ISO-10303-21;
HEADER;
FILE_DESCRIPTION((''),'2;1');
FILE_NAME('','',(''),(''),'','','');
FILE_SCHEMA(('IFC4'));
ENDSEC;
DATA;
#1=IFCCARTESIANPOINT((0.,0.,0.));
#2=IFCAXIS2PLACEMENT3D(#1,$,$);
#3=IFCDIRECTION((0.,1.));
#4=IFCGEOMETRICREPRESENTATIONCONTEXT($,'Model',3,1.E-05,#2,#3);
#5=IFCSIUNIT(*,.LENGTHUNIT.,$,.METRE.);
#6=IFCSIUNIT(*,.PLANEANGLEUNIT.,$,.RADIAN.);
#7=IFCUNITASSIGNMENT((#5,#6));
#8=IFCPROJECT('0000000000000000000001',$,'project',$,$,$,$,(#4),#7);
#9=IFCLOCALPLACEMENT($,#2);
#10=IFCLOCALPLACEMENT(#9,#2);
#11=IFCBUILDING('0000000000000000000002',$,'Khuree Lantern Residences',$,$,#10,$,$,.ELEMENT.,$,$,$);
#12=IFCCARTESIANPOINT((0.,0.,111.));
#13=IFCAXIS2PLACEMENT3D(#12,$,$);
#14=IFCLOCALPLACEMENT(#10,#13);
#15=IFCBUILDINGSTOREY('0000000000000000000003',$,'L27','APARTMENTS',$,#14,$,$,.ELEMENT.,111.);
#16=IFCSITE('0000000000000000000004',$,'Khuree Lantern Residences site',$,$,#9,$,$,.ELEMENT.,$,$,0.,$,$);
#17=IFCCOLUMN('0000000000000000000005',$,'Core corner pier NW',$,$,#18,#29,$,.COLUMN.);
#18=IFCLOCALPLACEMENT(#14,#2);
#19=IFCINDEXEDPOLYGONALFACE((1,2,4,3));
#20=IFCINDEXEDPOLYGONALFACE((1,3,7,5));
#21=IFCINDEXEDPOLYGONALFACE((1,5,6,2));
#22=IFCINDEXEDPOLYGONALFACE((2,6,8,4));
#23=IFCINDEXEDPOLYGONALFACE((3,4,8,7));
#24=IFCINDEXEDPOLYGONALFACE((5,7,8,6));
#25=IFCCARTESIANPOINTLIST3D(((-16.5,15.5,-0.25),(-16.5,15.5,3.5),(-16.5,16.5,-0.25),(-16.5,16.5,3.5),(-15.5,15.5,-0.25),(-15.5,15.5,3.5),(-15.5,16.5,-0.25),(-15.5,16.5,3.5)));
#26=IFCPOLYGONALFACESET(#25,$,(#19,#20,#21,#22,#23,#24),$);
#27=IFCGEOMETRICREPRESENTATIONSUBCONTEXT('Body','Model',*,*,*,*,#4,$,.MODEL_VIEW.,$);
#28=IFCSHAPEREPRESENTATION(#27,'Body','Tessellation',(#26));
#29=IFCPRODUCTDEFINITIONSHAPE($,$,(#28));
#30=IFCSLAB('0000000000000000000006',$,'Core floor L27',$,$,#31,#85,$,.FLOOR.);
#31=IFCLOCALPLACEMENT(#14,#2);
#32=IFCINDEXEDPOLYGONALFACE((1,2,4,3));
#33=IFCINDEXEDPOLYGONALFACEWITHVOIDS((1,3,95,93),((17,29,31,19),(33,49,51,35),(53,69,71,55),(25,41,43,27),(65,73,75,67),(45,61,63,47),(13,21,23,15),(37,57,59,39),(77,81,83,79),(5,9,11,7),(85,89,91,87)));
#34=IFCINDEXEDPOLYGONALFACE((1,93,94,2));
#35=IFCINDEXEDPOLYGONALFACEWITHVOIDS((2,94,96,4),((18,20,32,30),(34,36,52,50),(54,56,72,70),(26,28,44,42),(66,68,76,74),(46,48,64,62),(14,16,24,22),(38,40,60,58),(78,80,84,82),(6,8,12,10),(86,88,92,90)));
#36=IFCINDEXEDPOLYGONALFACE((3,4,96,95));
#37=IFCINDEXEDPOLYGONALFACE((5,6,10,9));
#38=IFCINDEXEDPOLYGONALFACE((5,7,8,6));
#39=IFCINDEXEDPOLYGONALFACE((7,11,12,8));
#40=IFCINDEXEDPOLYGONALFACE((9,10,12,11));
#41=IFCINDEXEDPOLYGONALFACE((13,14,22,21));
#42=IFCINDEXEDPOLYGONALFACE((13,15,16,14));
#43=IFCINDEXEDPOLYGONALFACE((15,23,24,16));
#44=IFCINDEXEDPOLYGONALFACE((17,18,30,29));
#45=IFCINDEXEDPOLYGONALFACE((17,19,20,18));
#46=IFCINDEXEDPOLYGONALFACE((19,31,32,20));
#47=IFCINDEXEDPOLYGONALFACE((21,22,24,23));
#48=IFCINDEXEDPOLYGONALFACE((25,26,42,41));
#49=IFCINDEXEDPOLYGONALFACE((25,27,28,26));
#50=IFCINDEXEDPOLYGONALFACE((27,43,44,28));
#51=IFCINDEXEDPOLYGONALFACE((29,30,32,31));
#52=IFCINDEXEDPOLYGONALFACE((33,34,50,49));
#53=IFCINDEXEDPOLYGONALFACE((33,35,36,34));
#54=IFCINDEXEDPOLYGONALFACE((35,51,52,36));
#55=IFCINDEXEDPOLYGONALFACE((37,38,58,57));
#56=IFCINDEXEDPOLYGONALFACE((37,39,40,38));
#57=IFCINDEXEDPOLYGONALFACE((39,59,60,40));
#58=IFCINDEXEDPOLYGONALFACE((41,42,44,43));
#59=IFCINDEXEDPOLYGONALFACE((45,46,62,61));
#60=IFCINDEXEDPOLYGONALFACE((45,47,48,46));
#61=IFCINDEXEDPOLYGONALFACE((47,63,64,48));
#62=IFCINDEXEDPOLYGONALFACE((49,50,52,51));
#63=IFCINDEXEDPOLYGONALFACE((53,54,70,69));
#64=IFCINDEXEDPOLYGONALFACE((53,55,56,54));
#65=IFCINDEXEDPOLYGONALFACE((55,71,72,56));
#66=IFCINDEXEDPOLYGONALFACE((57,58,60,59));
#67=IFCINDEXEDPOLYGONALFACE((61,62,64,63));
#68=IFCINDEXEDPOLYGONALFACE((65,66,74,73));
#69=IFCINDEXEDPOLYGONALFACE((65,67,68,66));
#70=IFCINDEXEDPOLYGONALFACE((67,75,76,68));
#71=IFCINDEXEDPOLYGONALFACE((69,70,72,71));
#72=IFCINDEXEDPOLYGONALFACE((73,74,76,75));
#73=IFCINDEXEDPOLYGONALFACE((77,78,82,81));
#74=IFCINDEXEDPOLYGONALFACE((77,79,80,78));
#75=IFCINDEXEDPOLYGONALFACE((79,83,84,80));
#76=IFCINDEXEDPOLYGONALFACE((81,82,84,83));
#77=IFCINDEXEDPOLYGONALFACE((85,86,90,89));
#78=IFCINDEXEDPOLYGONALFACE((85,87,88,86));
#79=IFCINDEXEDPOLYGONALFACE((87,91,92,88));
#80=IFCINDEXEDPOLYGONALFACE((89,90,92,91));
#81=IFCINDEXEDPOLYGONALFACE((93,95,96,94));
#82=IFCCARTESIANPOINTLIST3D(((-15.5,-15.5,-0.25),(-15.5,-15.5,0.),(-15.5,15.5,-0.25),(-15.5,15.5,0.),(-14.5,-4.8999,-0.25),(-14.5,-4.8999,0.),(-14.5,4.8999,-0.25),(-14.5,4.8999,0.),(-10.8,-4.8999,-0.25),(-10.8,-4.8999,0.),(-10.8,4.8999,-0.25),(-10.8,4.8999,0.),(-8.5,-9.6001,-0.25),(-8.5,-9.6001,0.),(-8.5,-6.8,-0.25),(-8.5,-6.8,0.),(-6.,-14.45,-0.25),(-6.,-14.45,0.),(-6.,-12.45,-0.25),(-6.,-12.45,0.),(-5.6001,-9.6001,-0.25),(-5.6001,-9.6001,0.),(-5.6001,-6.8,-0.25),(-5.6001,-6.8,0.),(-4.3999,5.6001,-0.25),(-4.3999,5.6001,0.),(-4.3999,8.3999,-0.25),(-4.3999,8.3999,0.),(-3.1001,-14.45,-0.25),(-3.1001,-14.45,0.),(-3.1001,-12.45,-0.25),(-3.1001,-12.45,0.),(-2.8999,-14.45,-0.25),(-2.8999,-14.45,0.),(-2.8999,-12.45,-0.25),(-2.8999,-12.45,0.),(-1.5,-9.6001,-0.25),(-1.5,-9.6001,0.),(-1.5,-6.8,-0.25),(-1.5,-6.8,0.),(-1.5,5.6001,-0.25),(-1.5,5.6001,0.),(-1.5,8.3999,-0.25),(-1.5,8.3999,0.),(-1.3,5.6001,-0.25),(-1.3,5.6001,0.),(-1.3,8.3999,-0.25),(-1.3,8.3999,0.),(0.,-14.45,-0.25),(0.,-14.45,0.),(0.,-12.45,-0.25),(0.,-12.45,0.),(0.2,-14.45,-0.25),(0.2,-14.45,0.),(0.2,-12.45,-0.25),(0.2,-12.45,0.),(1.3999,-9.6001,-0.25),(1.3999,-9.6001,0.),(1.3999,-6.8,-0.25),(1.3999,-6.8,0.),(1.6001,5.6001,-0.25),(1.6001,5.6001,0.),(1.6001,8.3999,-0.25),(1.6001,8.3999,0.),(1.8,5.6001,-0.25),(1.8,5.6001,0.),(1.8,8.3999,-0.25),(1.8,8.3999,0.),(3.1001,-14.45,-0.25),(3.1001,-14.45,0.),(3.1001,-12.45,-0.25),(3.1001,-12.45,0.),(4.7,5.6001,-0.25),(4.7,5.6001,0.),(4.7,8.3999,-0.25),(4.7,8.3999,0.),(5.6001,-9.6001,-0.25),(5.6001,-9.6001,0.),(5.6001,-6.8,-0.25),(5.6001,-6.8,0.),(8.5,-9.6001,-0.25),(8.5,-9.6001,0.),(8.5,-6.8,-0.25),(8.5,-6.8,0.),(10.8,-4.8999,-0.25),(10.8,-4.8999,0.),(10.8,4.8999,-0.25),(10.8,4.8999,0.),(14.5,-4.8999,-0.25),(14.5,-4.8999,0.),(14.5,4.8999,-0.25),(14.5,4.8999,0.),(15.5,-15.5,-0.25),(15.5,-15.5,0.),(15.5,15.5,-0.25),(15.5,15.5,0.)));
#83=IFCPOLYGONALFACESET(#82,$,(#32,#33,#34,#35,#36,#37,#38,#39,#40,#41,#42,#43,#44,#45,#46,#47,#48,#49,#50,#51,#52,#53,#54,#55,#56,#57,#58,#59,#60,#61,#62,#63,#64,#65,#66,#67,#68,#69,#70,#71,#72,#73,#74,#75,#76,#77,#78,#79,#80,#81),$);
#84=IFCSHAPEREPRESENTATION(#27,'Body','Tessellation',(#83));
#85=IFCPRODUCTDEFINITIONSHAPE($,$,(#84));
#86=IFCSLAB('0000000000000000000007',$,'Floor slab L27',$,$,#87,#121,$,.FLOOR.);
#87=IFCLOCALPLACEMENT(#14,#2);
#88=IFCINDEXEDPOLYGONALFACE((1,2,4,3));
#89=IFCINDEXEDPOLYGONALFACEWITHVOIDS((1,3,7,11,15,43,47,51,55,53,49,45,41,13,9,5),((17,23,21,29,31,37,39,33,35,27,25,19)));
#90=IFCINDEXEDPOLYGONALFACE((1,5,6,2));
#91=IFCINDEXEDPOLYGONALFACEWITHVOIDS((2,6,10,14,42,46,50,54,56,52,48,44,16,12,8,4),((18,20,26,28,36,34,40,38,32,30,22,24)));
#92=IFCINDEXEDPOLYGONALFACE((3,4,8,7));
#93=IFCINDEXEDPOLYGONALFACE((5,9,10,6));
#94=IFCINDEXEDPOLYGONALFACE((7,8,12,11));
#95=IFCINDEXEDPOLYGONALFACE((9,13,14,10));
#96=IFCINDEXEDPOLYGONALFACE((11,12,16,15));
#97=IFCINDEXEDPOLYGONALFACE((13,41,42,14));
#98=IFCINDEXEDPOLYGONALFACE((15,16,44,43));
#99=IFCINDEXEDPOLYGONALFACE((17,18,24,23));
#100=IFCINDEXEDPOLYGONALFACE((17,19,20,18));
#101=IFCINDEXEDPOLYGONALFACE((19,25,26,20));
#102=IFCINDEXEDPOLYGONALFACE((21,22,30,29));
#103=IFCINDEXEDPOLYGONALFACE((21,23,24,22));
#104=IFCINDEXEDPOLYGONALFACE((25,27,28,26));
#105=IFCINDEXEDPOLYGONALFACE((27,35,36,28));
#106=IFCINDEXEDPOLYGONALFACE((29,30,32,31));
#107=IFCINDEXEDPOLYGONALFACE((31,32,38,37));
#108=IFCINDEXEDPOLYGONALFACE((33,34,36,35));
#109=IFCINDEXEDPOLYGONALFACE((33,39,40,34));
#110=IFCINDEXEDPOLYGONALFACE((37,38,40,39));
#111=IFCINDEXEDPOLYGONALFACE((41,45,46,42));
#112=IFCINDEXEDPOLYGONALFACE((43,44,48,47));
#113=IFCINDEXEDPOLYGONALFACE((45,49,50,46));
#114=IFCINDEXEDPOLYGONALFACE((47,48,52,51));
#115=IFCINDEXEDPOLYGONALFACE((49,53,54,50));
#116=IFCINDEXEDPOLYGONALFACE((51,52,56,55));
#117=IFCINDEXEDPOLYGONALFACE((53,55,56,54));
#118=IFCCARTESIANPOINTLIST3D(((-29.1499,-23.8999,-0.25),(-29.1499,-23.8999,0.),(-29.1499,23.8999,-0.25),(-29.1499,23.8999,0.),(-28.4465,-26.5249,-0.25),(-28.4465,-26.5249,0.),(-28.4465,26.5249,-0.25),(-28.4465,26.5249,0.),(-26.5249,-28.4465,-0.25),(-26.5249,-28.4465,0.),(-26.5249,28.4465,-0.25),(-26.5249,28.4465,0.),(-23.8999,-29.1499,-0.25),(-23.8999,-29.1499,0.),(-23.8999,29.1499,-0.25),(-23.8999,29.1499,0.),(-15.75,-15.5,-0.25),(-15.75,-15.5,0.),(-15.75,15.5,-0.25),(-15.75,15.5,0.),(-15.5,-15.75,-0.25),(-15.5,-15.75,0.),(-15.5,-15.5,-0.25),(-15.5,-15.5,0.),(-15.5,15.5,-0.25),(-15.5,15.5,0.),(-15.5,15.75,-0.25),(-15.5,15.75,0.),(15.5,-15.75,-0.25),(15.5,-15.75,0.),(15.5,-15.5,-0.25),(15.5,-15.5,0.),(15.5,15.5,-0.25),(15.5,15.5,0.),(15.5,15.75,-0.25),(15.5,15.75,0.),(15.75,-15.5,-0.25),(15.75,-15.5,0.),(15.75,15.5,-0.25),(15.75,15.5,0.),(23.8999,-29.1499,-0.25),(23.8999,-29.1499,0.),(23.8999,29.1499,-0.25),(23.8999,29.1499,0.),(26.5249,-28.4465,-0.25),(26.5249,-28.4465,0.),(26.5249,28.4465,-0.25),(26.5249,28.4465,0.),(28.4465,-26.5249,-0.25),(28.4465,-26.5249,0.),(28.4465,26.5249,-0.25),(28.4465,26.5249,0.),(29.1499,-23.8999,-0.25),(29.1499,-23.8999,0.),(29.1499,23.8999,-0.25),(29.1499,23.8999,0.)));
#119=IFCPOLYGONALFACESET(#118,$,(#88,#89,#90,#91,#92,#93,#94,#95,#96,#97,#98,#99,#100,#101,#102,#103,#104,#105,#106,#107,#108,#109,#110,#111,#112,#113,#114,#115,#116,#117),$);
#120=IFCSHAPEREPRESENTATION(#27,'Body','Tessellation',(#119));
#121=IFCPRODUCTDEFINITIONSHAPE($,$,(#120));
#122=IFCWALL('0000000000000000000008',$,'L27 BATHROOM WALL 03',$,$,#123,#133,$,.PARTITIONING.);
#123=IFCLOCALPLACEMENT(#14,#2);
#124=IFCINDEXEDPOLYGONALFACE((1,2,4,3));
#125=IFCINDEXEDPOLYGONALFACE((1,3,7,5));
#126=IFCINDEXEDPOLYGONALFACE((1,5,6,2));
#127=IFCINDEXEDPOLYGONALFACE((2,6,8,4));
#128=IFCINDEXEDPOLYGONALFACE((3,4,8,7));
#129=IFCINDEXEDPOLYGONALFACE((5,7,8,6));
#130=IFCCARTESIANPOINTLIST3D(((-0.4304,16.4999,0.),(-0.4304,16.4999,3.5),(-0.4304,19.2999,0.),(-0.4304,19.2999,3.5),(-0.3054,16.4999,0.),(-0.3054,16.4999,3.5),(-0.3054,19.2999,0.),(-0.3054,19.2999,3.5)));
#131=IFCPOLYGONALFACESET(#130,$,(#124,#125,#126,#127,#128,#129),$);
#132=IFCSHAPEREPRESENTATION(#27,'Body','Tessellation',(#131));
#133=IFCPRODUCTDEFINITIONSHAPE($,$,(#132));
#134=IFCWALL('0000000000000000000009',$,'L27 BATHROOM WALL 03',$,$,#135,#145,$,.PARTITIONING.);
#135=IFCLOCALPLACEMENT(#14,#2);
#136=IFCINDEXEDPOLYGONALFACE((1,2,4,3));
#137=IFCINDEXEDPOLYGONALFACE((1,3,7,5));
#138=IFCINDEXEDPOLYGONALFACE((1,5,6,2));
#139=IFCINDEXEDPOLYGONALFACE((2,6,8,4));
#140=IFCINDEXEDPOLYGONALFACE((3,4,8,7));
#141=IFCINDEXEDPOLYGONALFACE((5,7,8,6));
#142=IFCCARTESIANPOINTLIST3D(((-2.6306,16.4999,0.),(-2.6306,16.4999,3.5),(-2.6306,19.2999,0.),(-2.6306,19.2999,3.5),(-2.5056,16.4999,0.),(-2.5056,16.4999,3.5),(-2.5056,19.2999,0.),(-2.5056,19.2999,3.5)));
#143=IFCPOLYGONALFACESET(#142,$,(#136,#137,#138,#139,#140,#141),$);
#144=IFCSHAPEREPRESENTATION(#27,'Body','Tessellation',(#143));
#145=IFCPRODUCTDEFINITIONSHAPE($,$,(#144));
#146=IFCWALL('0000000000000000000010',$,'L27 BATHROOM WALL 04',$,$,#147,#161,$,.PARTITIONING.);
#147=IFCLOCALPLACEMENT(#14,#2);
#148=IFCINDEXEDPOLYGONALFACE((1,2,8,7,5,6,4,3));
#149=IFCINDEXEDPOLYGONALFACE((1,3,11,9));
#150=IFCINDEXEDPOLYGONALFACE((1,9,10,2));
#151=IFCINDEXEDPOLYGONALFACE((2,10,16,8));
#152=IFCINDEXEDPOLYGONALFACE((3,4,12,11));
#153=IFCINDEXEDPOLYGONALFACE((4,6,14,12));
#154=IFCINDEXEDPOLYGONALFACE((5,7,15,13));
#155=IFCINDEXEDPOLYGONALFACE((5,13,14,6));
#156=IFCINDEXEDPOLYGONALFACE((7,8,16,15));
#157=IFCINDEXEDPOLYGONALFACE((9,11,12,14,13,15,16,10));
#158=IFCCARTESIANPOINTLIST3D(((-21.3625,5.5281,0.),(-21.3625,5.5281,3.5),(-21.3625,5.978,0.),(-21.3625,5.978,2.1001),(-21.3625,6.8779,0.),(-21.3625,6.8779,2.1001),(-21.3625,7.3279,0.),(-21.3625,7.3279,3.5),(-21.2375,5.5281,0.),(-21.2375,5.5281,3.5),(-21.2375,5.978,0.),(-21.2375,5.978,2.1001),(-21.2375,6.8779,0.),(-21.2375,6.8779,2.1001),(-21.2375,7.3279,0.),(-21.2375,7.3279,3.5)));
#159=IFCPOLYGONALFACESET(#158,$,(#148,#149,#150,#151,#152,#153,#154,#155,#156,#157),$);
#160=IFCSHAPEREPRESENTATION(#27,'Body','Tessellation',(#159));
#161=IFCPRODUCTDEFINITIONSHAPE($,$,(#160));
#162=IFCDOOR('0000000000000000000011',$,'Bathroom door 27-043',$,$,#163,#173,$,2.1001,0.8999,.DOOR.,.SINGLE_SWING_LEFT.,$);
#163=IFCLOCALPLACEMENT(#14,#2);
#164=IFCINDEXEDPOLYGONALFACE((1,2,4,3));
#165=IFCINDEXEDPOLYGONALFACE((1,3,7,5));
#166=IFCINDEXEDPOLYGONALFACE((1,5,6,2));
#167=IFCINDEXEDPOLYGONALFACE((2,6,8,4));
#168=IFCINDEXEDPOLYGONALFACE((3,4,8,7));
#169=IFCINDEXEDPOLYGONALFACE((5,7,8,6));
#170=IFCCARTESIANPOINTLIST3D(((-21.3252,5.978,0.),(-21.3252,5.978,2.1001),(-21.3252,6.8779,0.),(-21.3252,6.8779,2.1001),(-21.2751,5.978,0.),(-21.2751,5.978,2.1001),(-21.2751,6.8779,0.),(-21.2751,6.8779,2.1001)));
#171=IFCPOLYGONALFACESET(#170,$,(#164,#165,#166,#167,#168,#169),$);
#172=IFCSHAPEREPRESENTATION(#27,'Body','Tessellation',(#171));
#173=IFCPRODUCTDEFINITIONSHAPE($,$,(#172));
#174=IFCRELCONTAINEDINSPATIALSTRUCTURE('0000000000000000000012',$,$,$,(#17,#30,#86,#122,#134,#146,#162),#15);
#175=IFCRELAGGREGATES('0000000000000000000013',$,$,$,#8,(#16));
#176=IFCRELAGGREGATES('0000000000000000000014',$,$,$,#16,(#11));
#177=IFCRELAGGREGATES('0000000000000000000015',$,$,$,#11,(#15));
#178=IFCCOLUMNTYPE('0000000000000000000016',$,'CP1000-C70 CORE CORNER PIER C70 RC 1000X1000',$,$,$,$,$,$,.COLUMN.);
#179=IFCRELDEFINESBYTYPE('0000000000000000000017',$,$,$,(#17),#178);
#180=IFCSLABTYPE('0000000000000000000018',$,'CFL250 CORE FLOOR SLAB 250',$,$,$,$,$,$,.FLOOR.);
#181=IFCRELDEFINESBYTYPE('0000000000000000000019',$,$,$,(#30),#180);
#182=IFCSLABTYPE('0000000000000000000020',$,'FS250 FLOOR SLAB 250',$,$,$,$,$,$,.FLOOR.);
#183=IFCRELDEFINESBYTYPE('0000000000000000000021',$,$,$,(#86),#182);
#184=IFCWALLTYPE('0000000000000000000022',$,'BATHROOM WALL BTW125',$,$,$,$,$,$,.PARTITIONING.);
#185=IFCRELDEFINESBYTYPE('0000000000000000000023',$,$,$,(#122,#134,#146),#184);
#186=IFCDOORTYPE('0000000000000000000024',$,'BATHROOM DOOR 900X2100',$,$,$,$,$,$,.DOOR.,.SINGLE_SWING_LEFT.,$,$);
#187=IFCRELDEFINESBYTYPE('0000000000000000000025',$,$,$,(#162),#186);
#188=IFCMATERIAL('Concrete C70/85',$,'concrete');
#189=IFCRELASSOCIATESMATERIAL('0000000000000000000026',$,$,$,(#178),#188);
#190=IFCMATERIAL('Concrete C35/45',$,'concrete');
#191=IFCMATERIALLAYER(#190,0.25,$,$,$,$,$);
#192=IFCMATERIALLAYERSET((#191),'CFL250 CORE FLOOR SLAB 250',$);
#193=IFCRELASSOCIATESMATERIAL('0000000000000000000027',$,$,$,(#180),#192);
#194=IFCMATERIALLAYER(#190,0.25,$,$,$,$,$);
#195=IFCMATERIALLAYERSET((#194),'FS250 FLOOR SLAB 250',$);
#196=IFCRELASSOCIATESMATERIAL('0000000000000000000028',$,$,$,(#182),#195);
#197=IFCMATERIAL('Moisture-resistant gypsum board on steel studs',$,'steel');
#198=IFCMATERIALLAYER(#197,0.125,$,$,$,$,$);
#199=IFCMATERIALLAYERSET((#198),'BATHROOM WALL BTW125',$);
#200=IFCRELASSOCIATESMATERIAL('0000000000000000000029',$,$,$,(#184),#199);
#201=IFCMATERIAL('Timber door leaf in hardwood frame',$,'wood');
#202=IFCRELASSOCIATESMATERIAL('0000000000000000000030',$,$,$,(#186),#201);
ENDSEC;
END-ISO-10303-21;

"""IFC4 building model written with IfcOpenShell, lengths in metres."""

from ifc_helpers import new_model, si_unit, direction, frame, frame_2d, origin, origin_2d, place, context, subcontext, project, spatial, polyline, rectangle, outline, extrude, material, layer, layer_set, material_profile, profile_set, type_object, element, fill, save


model = new_model("IFC4")

# Units and contexts
model_context = context("Model", 3, precision=1e-05, world=origin(), true_north=direction((0.0, 1.0)))
body_context = subcontext(model_context, "Body", "Model", "MODEL_VIEW")
ifc_project = project(units=[si_unit("LENGTHUNIT", "METRE"), si_unit("PLANEANGLEUNIT", "RADIAN")], contexts=[model_context])

# Site, building, storey
site_placement = place(None, origin())
site = spatial("IfcSite", under=ifc_project, at=site_placement, Name="Khuree Lantern Residences site", CompositionType="ELEMENT", RefElevation=0.0)
building_placement = place(site_placement, origin())
building = spatial("IfcBuilding", under=site, at=building_placement, Name="Khuree Lantern Residences", CompositionType="ELEMENT")
storey_placement = place(building_placement, frame((0.0, 0.0, 111.0)))
storey = spatial("IfcBuildingStorey", under=building, at=storey_placement, Name="L27", Description="APARTMENTS", CompositionType="ELEMENT", Elevation=111.0)

# Column
ifc_material_1 = material(Name="Concrete C70/85", Category="concrete")
ifc_material_profile = material_profile(ifc_material_1, rectangle(XDim=1.0, YDim=1.0, at=origin_2d()), Name="RC 1000X1000")
ifc_profile_set = profile_set([ifc_material_profile], Name="Concrete C70/85")
column_type = type_object("IfcColumnType", Name="CP1000-C70 CORE CORNER PIER C70 RC 1000X1000", PredefinedType="COLUMN", material=ifc_profile_set)
column_placement = place(storey_placement, frame((-16.0, 16.0, -0.25), z_axis=(0.0, 0.0, 1.0), x_axis=(1.0, 0.0, 0.0)))
element("IfcColumn", 1, at=column_placement, inside=storey, type_object=column_type, Name="Core corner pier NW", PredefinedType="COLUMN", context=body_context, shape_type="SweptSolid", body=[
    extrude(rectangle(XDim=1.0, YDim=1.0, at=origin_2d()), origin(), (0.0, 0.0, 1.0), 3.75),
])

# Slabs
ifc_material_2 = material(Name="Concrete C35/45", Category="concrete")
ifc_layer_1 = layer(ifc_material_2, 0.25)
ifc_layer_set_1 = layer_set([ifc_layer_1], Name="CFL250 CORE FLOOR SLAB 250")
slab_type_1 = type_object("IfcSlabType", Name="CFL250 CORE FLOOR SLAB 250", PredefinedType="FLOOR", material=ifc_layer_set_1)
slab_1_placement = place(storey_placement, frame((0.0, 0.0, -0.25)))
element("IfcSlab", 2, at=slab_1_placement, inside=storey, type_object=slab_type_1, Name="Core floor L27", PredefinedType="FLOOR", context=body_context, shape_type="SweptSolid", body=[
    extrude(outline(polyline([(-15.5, -15.5), (-15.5, 15.5), (15.5, 15.5), (15.5, -15.5), (-15.5, -15.5)]), holes=[polyline([(10.8, 4.8999), (10.8, -4.8999), (14.5, -4.8999), (14.5, 4.8999), (10.8, 4.8999)]), polyline([(8.5, -6.8), (5.6001, -6.8), (5.6001, -9.6001), (8.5, -9.6001), (8.5, -6.8)]), polyline([(4.7, 8.3999), (1.8, 8.3999), (1.8, 5.6001), (4.7, 5.6001), (4.7, 8.3999)]), polyline([(3.1001, -12.45), (0.2, -12.45), (0.2, -14.45), (3.1001, -14.45), (3.1001, -12.45)]), polyline([(1.6001, 8.3999), (-1.3, 8.3999), (-1.3, 5.6001), (1.6001, 5.6001), (1.6001, 8.3999)]), polyline([(1.3999, -6.8), (-1.5, -6.8), (-1.5, -9.6001), (1.3999, -9.6001), (1.3999, -6.8)]), polyline([(-2.8999, -12.45), (-2.8999, -14.45), (0.0, -14.45), (0.0, -12.45), (-2.8999, -12.45)]), polyline([(-4.3999, 8.3999), (-4.3999, 5.6001), (-1.5, 5.6001), (-1.5, 8.3999), (-4.3999, 8.3999)]), polyline([(-6.0, -12.45), (-6.0, -14.45), (-3.1001, -14.45), (-3.1001, -12.45), (-6.0, -12.45)]), polyline([(-8.5, -6.8), (-8.5, -9.6001), (-5.6001, -9.6001), (-5.6001, -6.8), (-8.5, -6.8)]), polyline([(-10.8, 4.8999), (-14.5, 4.8999), (-14.5, -4.8999), (-10.8, -4.8999), (-10.8, 4.8999)])]), origin(), (0.0, 0.0, 1.0), 0.25),
])
ifc_layer_2 = layer(ifc_material_2, 0.25)
ifc_layer_set_2 = layer_set([ifc_layer_2], Name="FS250 FLOOR SLAB 250")
slab_type_2 = type_object("IfcSlabType", Name="FS250 FLOOR SLAB 250", PredefinedType="FLOOR", material=ifc_layer_set_2)
slab_2_placement = place(storey_placement, frame((0.0, 0.0, -0.25)))
element("IfcSlab", 3, at=slab_2_placement, inside=storey, type_object=slab_type_2, Name="Floor slab L27", PredefinedType="FLOOR", context=body_context, shape_type="SweptSolid", body=[
    extrude(outline(polyline([(-26.5249, -28.4465), (-28.4465, -26.5249), (-29.1499, -23.8999), (-29.1499, 23.8999), (-28.4465, 26.5249), (-26.5249, 28.4465), (-23.8999, 29.1499), (23.8999, 29.1499), (26.5249, 28.4465), (28.4465, 26.5249), (29.1499, 23.8999), (29.1499, -23.8999), (28.4465, -26.5249), (26.5249, -28.4465), (23.8999, -29.1499), (-23.8999, -29.1499), (-26.5249, -28.4465)]), holes=[polyline([(15.75, 15.5), (15.5, 15.5), (15.5, 15.75), (-15.5, 15.75), (-15.5, 15.5), (-15.75, 15.5), (-15.75, -15.5), (-15.5, -15.5), (-15.5, -15.75), (15.5, -15.75), (15.5, -15.5), (15.75, -15.5), (15.75, 15.5)])]), origin(), (0.0, 0.0, 1.0), 0.25),
])

# Walls
ifc_material_3 = material(Name="Moisture-resistant gypsum board on steel studs", Category="steel")
ifc_layer_3 = layer(ifc_material_3, 0.125)
ifc_layer_set_3 = layer_set([ifc_layer_3], Name="BATHROOM WALL BTW125")
wall_type_1 = type_object("IfcWallType", Name="BATHROOM WALL BTW125", PredefinedType="PARTITIONING", material=ifc_layer_set_3)
for number, where, z_axis, x_axis, name in (
    (4, (-0.3679, 16.5, 0.0), (0.0, 0.0, 1.0), (0.0, 1.0, 0.0), "L27 BATHROOM WALL 03"),
    (5, (-2.5681, 16.5, 0.0), (0.0, 0.0, 1.0), (0.0, 1.0, 0.0), "L27 BATHROOM WALL 03"),
):
    element("IfcWall", number, at=place(storey_placement, frame(where, z_axis=z_axis, x_axis=x_axis)), inside=storey, type_object=wall_type_1, Name=name, PredefinedType="PARTITIONING", context=body_context, shape_type="SweptSolid", body=[
        extrude(rectangle(XDim=2.8, YDim=0.125, at=frame_2d((1.3999, 0.0))), origin(), (0.0, 0.0, 1.0), 3.5),
    ])

# Wall, opening, door
wall_1_placement = place(storey_placement, frame((-21.3, 7.3279, 0.0), z_axis=(0.0, 0.0, 1.0), x_axis=(0.0, -1.0, 0.0)))
wall_1 = element("IfcWall", 6, at=wall_1_placement, inside=storey, type_object=wall_type_1, Name="L27 BATHROOM WALL 04", PredefinedType="PARTITIONING", context=body_context, shape_type="SweptSolid", body=[
    extrude(rectangle(XDim=1.7998, YDim=0.125, at=frame_2d((0.8999, 0.0))), origin(), (0.0, 0.0, 1.0), 3.5),
])
opening_1_placement = place(wall_1_placement, frame((0.45, 0.0, 0.0)))
opening_1 = element("IfcOpeningElement", 7, at=opening_1_placement, cuts=wall_1, PredefinedType="OPENING", context=body_context, shape_type="SweptSolid", body=[
    extrude(rectangle(XDim=0.8999, YDim=2.1001, at=frame_2d((0.45, 1.05))), frame((0.0, 0.0725, 0.0), z_axis=(0.0, -1.0, 0.0), x_axis=(1.0, 0.0, 0.0)), (0.0, 0.0, 1.0), 0.145),
])
ifc_material_4 = material(Name="Timber door leaf in hardwood frame", Category="wood")
door_type_1 = type_object("IfcDoorType", Name="BATHROOM DOOR 900X2100", OperationType="SINGLE_SWING_LEFT", PredefinedType="DOOR", material=ifc_material_4)
door_1_placement = place(opening_1_placement, origin())
door_1 = element("IfcDoor", 8, at=door_1_placement, inside=storey, type_object=door_type_1, Name="Bathroom door 27-043", OperationType="SINGLE_SWING_LEFT", OverallHeight=2.1001, OverallWidth=0.8999, PredefinedType="DOOR", context=body_context, shape_type="SweptSolid", body=[
    extrude(rectangle(XDim=0.8999, YDim=2.1001, at=frame_2d((0.45, 1.05))), frame((0.0, 0.0249, 0.0), z_axis=(0.0, -1.0, 0.0), x_axis=(1.0, 0.0, 0.0)), (0.0, 0.0, 1.0), 0.05),
])
fill(opening_1, door_1)

save(model, "model.ifc")
